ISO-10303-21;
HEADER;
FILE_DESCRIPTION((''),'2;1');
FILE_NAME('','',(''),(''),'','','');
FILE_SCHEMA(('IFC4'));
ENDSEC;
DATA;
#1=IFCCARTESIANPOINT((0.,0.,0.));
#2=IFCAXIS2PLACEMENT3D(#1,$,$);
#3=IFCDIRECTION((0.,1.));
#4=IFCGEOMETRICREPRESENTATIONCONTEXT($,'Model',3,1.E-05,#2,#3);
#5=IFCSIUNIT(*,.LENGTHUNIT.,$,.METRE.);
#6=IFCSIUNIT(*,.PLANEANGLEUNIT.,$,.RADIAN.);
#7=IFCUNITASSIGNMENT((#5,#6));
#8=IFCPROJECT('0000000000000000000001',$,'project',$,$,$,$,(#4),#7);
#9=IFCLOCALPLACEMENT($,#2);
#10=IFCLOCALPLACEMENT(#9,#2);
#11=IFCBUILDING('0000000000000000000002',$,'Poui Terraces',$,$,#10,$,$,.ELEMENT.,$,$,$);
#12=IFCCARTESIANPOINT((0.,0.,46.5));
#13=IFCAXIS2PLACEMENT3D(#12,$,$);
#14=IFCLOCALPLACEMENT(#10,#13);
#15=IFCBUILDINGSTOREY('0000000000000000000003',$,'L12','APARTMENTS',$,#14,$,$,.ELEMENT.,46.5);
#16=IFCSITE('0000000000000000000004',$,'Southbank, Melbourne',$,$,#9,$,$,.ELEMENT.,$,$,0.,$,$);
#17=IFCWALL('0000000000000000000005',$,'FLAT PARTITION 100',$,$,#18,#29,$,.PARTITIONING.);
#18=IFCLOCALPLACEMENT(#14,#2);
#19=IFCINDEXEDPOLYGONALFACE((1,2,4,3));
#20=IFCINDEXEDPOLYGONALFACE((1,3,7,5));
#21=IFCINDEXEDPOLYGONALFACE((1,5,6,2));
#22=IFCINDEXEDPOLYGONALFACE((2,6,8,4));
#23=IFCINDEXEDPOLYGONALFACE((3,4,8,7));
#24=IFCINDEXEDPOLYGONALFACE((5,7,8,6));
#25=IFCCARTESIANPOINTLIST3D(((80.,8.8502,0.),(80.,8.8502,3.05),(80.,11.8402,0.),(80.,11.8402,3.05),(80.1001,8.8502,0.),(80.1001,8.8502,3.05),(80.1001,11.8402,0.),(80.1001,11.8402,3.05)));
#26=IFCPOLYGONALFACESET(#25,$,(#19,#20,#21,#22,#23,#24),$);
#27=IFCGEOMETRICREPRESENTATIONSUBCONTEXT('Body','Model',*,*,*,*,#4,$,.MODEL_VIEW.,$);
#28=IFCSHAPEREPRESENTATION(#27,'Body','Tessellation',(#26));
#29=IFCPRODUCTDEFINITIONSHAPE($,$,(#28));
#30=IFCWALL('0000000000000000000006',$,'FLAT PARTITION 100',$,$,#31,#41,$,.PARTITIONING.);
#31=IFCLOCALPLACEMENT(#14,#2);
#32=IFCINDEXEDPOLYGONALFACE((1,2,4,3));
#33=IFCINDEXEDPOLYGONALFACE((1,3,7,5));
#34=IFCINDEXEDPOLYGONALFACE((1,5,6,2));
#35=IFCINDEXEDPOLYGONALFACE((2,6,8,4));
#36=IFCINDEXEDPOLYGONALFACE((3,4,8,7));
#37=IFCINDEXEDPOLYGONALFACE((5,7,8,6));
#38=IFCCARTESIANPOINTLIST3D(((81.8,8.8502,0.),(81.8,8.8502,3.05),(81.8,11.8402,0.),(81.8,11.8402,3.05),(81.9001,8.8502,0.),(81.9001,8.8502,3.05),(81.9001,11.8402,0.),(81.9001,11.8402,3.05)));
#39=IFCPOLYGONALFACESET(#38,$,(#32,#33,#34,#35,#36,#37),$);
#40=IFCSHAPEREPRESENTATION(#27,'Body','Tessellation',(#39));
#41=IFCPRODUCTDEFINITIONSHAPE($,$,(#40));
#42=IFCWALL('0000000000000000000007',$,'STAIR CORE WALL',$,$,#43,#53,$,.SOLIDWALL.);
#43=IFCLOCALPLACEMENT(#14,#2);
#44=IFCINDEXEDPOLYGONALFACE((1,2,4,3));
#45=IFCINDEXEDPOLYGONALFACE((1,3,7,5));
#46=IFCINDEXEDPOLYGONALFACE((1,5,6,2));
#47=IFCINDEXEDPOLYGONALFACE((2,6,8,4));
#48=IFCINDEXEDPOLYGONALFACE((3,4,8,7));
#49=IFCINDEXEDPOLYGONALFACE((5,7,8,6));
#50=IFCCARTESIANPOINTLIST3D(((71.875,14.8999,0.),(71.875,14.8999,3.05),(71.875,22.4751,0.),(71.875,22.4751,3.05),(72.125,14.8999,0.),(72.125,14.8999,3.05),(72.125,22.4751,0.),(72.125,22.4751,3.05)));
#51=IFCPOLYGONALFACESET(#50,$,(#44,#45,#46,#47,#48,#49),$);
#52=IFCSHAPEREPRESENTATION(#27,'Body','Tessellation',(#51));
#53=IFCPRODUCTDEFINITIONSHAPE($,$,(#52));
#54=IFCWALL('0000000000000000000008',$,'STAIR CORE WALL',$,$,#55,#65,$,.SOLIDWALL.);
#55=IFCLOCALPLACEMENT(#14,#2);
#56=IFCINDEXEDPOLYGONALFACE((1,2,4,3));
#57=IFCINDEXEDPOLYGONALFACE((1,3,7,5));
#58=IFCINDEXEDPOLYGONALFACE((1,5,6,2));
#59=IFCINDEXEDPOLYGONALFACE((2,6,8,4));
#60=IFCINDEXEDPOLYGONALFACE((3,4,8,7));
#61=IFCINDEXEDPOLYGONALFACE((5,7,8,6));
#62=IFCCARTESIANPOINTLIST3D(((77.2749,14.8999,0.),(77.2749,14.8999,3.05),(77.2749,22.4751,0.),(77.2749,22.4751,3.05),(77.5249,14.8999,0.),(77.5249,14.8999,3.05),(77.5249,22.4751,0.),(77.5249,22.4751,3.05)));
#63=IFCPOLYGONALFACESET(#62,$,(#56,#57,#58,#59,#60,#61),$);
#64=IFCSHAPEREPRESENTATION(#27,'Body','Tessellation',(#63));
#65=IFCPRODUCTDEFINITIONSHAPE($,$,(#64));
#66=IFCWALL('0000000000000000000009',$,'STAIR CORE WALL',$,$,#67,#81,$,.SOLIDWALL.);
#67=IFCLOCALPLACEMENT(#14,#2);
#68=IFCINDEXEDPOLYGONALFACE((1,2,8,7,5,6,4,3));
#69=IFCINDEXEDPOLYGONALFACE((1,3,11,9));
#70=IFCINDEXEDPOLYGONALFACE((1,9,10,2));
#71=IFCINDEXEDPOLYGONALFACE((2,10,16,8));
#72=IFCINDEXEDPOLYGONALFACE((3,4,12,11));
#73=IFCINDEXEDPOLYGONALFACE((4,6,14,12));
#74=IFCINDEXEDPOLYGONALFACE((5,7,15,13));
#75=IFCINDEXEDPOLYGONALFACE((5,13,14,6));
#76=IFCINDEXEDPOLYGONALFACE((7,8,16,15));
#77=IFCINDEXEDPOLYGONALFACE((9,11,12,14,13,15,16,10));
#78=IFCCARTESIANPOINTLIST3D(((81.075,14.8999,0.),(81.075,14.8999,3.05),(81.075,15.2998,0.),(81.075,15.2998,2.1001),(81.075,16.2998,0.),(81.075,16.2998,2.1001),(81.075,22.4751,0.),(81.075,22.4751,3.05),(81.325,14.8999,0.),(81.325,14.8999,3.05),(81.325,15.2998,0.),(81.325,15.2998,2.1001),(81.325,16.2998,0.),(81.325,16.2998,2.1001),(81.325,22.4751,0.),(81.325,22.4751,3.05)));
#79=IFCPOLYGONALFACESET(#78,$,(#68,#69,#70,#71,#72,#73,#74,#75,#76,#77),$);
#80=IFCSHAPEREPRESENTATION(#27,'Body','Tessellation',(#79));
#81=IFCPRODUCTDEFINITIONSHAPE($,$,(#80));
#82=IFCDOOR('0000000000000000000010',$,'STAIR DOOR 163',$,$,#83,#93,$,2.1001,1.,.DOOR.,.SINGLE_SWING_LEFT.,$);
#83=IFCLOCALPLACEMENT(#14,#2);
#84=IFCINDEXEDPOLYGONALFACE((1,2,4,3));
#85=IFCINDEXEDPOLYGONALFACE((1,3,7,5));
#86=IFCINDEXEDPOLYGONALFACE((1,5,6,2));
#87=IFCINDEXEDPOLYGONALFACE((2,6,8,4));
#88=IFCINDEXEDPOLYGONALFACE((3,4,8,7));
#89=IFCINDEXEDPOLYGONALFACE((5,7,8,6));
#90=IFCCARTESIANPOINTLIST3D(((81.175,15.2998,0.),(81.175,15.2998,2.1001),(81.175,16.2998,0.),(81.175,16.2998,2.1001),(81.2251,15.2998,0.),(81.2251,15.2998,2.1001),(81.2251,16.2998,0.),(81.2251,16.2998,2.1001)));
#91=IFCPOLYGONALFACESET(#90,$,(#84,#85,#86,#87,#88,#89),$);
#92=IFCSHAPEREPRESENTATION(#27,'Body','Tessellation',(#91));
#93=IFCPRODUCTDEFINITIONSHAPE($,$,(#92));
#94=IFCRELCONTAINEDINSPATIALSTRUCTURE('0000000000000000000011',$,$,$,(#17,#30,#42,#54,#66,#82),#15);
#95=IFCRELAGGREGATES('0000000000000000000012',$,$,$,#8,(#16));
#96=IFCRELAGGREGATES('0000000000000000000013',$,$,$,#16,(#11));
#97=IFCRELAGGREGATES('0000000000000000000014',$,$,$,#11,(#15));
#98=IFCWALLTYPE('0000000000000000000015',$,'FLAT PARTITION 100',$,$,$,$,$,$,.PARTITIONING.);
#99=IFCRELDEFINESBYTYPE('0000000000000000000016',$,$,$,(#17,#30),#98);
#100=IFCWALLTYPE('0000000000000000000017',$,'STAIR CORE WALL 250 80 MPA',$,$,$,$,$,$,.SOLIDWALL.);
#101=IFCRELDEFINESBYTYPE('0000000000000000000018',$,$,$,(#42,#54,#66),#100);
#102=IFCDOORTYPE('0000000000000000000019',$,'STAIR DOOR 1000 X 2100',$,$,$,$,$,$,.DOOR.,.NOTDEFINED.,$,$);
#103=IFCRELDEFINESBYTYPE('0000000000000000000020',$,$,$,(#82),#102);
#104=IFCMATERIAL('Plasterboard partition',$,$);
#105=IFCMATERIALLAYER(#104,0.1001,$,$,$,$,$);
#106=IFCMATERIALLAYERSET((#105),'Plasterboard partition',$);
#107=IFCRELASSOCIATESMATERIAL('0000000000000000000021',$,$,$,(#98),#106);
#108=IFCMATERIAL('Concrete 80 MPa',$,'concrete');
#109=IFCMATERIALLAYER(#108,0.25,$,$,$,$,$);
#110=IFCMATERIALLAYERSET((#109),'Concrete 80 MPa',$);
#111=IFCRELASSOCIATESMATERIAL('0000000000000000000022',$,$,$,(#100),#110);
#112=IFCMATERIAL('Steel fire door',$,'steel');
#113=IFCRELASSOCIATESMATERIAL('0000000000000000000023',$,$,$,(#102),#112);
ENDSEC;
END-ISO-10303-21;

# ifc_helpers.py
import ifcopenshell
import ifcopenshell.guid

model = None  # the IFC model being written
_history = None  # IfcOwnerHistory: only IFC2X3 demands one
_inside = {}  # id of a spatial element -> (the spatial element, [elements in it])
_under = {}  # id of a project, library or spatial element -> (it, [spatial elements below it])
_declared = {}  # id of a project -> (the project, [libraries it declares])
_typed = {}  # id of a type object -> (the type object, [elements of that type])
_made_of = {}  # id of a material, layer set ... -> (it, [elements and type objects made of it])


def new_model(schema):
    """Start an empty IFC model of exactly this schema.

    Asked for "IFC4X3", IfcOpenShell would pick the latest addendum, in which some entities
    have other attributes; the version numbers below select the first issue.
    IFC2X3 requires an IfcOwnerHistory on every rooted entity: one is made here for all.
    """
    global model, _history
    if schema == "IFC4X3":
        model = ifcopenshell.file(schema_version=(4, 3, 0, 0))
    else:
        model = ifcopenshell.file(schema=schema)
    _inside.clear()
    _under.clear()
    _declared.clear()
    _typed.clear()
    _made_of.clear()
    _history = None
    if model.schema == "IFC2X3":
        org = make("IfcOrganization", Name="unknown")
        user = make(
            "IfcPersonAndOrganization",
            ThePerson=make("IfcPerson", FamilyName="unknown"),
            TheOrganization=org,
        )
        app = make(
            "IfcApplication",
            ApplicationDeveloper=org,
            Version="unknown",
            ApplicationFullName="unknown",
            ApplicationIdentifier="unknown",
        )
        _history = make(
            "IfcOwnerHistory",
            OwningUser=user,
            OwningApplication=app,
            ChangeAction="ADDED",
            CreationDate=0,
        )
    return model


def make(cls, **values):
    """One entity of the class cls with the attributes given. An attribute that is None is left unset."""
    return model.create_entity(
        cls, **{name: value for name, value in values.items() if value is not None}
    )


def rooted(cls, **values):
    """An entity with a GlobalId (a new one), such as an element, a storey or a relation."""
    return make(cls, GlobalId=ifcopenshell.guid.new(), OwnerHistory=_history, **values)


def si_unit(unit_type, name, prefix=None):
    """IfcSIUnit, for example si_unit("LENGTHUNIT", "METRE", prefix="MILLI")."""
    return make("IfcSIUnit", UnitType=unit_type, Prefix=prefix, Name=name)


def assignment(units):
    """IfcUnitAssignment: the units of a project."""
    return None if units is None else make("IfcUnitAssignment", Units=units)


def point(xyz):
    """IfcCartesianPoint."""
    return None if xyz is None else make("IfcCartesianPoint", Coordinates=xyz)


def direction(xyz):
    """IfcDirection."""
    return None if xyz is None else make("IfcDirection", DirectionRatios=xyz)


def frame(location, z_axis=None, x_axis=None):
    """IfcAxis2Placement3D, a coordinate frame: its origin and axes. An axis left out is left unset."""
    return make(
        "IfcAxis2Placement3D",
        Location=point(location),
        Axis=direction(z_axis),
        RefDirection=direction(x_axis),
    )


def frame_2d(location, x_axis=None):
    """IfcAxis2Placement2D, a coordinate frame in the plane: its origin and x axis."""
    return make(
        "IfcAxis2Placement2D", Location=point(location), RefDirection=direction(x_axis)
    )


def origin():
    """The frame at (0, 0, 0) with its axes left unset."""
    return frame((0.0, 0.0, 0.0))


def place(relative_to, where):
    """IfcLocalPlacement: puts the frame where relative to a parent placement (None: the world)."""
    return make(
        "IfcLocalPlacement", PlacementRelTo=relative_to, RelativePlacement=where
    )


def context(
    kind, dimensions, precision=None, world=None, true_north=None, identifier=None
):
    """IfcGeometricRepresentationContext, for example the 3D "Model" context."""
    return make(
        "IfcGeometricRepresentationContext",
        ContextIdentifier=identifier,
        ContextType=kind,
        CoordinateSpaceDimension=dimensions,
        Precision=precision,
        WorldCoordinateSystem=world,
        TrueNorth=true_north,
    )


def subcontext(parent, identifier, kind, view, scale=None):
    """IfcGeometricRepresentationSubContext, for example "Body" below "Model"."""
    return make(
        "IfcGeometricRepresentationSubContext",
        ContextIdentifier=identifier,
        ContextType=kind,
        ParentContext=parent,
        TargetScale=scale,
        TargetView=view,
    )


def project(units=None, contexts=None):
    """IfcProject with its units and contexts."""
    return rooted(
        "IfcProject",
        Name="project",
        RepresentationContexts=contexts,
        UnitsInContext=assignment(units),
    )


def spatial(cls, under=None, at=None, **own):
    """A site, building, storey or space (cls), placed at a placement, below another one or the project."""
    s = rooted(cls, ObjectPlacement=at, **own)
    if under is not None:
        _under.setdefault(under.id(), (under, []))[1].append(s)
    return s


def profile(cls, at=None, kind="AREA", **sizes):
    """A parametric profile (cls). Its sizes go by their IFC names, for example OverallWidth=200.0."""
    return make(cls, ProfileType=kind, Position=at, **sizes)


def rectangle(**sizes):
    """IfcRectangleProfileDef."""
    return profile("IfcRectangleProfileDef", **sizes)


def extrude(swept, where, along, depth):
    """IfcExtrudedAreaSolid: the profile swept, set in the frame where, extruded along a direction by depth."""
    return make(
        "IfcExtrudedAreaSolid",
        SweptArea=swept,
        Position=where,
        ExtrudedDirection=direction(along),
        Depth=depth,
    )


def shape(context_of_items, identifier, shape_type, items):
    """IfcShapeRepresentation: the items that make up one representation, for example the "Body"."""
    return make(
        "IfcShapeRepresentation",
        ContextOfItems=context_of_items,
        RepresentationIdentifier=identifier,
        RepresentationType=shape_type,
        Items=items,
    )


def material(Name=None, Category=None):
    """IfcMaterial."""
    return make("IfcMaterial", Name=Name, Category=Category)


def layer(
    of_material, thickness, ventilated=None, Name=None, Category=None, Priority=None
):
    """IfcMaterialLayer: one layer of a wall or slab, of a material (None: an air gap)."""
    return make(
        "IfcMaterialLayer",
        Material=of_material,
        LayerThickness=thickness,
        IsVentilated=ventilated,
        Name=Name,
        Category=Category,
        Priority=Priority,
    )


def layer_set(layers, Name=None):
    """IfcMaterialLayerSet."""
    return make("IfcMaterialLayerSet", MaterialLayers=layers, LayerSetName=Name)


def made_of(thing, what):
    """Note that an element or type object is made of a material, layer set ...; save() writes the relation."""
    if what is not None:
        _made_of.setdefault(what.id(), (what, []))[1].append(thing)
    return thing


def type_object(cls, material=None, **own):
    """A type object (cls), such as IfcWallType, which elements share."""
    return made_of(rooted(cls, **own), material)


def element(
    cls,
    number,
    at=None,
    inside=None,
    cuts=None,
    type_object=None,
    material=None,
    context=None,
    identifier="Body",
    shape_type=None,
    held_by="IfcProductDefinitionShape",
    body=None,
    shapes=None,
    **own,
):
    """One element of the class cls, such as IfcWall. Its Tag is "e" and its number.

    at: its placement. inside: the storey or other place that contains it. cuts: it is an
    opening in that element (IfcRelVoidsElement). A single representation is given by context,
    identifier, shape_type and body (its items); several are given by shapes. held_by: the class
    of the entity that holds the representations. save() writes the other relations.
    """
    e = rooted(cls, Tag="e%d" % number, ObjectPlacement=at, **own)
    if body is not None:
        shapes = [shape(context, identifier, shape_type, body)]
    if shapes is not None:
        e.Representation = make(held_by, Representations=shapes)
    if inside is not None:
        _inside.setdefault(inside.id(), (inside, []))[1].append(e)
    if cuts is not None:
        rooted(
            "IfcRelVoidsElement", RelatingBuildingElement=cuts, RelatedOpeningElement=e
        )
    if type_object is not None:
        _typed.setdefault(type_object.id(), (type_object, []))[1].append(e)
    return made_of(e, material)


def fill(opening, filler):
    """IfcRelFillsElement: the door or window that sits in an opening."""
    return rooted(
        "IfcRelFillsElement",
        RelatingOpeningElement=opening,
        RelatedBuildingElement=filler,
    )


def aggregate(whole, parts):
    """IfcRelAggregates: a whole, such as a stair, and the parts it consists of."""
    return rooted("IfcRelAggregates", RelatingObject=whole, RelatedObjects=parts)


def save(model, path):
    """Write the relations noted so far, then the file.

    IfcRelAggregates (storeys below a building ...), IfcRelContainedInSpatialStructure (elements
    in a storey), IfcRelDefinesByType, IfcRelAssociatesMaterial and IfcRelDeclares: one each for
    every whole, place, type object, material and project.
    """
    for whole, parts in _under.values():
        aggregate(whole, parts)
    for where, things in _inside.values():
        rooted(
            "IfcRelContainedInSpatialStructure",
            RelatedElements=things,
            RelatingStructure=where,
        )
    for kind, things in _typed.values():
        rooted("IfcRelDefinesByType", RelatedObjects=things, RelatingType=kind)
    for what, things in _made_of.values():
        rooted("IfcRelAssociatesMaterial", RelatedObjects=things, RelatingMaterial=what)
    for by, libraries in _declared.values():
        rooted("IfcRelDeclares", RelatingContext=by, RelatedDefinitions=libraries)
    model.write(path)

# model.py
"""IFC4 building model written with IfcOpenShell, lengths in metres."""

from ifc_helpers import new_model, si_unit, direction, frame, frame_2d, origin, place, context, subcontext, project, spatial, rectangle, extrude, material, layer, layer_set, type_object, element, fill, save


model = new_model("IFC4")

# Units and contexts
model_context = context("Model", 3, precision=1e-05, world=origin(), true_north=direction((0.0, 1.0)))
body_context = subcontext(model_context, "Body", "Model", "MODEL_VIEW")
ifc_project = project(units=[si_unit("LENGTHUNIT", "METRE"), si_unit("PLANEANGLEUNIT", "RADIAN")], contexts=[model_context])

# Site, building, storey
site_placement = place(None, origin())
site = spatial("IfcSite", under=ifc_project, at=site_placement, Name="Southbank, Melbourne", CompositionType="ELEMENT", RefElevation=0.0)
building_placement = place(site_placement, origin())
building = spatial("IfcBuilding", under=site, at=building_placement, Name="Poui Terraces", CompositionType="ELEMENT")
storey_placement = place(building_placement, frame((0.0, 0.0, 46.5)))
storey = spatial("IfcBuildingStorey", under=building, at=storey_placement, Name="L12", Description="APARTMENTS", CompositionType="ELEMENT", Elevation=46.5)

# Shared definitions
ifc_material_1 = material(Name="Concrete 80 MPa", Category="concrete")

# Shared definitions
ifc_material_2 = material(Name="Steel fire door", Category="steel")
ifc_material_3 = material(Name="Plasterboard partition")
ifc_layer_1 = layer(ifc_material_3, 0.1001)
ifc_layer_set_1 = layer_set([ifc_layer_1], Name="Plasterboard partition")
wall_type_1 = type_object("IfcWallType", Name="FLAT PARTITION 100", PredefinedType="PARTITIONING", material=ifc_layer_set_1)

# Walls
for number, where, z_axis, x_axis, name in (
    (1, (80.05, 8.8501, 0.0), (0.0, 0.0, 1.0), (0.0, 1.0, 0.0), "FLAT PARTITION 100"),
    (2, (81.8501, 8.8501, 0.0), (0.0, 0.0, 1.0), (0.0, 1.0, 0.0), "FLAT PARTITION 100"),
):
    element("IfcWall", number, at=place(storey_placement, frame(where, z_axis=z_axis, x_axis=x_axis)), inside=storey, type_object=wall_type_1, Name=name, PredefinedType="PARTITIONING", context=body_context, shape_type="SweptSolid", body=[
        extrude(rectangle(XDim=2.99, YDim=0.1001, at=frame_2d((1.4951, 0.0))), origin(), (0.0, 0.0, 1.0), 3.05),
    ])
ifc_layer_2 = layer(ifc_material_1, 0.25)
ifc_layer_set_2 = layer_set([ifc_layer_2], Name="Concrete 80 MPa")
wall_type_2 = type_object("IfcWallType", Name="STAIR CORE WALL 250 80 MPA", PredefinedType="SOLIDWALL", material=ifc_layer_set_2)
for number, where, z_axis, x_axis, name in (
    (3, (72.0, 14.8999, 0.0), (0.0, 0.0, 1.0), (0.0, 1.0, 0.0), "STAIR CORE WALL"),
    (4, (77.3999, 14.8999, 0.0), (0.0, 0.0, 1.0), (0.0, 1.0, 0.0), "STAIR CORE WALL"),
):
    element("IfcWall", number, at=place(storey_placement, frame(where, z_axis=z_axis, x_axis=x_axis)), inside=storey, type_object=wall_type_2, Name=name, PredefinedType="SOLIDWALL", context=body_context, shape_type="SweptSolid", body=[
        extrude(rectangle(XDim=7.5752, YDim=0.25, at=frame_2d((3.7876, 0.0))), origin(), (0.0, 0.0, 1.0), 3.05),
    ])

# Wall, opening, door
wall_1_placement = place(storey_placement, frame((81.2, 14.8999, 0.0), z_axis=(0.0, 0.0, 1.0), x_axis=(0.0, 1.0, 0.0)))
wall_1 = element("IfcWall", 5, at=wall_1_placement, inside=storey, type_object=wall_type_2, Name="STAIR CORE WALL", PredefinedType="SOLIDWALL", context=body_context, shape_type="SweptSolid", body=[
    extrude(rectangle(XDim=7.5752, YDim=0.25, at=frame_2d((3.7876, 0.0))), origin(), (0.0, 0.0, 1.0), 3.05),
])
opening_1_placement = place(wall_1_placement, frame((0.3999, 0.0, 0.0)))
opening_1 = element("IfcOpeningElement", 6, at=opening_1_placement, cuts=wall_1, PredefinedType="OPENING", context=body_context, shape_type="SweptSolid", body=[
    extrude(rectangle(XDim=1.0, YDim=2.1001, at=frame_2d((0.5, 1.05))), frame((0.0, 0.135, 0.0), z_axis=(0.0, -1.0, 0.0), x_axis=(1.0, 0.0, 0.0)), (0.0, 0.0, 1.0), 0.27),
])
door_type_1 = type_object("IfcDoorType", Name="STAIR DOOR 1000 X 2100", OperationType="NOTDEFINED", PredefinedType="DOOR", material=ifc_material_2)
door_1_placement = place(opening_1_placement, origin())
door_1 = element("IfcDoor", 7, at=door_1_placement, inside=storey, type_object=door_type_1, Name="STAIR DOOR 163", OperationType="SINGLE_SWING_LEFT", OverallHeight=2.1001, OverallWidth=1.0, PredefinedType="DOOR", context=body_context, shape_type="SweptSolid", body=[
    extrude(rectangle(XDim=1.0, YDim=2.1001, at=frame_2d((0.5, 1.05))), frame((0.0, 0.0249, 0.0), z_axis=(0.0, -1.0, 0.0), x_axis=(1.0, 0.0, 0.0)), (0.0, 0.0, 1.0), 0.05),
])
fill(opening_1, door_1)

save(model, "model.ifc")
